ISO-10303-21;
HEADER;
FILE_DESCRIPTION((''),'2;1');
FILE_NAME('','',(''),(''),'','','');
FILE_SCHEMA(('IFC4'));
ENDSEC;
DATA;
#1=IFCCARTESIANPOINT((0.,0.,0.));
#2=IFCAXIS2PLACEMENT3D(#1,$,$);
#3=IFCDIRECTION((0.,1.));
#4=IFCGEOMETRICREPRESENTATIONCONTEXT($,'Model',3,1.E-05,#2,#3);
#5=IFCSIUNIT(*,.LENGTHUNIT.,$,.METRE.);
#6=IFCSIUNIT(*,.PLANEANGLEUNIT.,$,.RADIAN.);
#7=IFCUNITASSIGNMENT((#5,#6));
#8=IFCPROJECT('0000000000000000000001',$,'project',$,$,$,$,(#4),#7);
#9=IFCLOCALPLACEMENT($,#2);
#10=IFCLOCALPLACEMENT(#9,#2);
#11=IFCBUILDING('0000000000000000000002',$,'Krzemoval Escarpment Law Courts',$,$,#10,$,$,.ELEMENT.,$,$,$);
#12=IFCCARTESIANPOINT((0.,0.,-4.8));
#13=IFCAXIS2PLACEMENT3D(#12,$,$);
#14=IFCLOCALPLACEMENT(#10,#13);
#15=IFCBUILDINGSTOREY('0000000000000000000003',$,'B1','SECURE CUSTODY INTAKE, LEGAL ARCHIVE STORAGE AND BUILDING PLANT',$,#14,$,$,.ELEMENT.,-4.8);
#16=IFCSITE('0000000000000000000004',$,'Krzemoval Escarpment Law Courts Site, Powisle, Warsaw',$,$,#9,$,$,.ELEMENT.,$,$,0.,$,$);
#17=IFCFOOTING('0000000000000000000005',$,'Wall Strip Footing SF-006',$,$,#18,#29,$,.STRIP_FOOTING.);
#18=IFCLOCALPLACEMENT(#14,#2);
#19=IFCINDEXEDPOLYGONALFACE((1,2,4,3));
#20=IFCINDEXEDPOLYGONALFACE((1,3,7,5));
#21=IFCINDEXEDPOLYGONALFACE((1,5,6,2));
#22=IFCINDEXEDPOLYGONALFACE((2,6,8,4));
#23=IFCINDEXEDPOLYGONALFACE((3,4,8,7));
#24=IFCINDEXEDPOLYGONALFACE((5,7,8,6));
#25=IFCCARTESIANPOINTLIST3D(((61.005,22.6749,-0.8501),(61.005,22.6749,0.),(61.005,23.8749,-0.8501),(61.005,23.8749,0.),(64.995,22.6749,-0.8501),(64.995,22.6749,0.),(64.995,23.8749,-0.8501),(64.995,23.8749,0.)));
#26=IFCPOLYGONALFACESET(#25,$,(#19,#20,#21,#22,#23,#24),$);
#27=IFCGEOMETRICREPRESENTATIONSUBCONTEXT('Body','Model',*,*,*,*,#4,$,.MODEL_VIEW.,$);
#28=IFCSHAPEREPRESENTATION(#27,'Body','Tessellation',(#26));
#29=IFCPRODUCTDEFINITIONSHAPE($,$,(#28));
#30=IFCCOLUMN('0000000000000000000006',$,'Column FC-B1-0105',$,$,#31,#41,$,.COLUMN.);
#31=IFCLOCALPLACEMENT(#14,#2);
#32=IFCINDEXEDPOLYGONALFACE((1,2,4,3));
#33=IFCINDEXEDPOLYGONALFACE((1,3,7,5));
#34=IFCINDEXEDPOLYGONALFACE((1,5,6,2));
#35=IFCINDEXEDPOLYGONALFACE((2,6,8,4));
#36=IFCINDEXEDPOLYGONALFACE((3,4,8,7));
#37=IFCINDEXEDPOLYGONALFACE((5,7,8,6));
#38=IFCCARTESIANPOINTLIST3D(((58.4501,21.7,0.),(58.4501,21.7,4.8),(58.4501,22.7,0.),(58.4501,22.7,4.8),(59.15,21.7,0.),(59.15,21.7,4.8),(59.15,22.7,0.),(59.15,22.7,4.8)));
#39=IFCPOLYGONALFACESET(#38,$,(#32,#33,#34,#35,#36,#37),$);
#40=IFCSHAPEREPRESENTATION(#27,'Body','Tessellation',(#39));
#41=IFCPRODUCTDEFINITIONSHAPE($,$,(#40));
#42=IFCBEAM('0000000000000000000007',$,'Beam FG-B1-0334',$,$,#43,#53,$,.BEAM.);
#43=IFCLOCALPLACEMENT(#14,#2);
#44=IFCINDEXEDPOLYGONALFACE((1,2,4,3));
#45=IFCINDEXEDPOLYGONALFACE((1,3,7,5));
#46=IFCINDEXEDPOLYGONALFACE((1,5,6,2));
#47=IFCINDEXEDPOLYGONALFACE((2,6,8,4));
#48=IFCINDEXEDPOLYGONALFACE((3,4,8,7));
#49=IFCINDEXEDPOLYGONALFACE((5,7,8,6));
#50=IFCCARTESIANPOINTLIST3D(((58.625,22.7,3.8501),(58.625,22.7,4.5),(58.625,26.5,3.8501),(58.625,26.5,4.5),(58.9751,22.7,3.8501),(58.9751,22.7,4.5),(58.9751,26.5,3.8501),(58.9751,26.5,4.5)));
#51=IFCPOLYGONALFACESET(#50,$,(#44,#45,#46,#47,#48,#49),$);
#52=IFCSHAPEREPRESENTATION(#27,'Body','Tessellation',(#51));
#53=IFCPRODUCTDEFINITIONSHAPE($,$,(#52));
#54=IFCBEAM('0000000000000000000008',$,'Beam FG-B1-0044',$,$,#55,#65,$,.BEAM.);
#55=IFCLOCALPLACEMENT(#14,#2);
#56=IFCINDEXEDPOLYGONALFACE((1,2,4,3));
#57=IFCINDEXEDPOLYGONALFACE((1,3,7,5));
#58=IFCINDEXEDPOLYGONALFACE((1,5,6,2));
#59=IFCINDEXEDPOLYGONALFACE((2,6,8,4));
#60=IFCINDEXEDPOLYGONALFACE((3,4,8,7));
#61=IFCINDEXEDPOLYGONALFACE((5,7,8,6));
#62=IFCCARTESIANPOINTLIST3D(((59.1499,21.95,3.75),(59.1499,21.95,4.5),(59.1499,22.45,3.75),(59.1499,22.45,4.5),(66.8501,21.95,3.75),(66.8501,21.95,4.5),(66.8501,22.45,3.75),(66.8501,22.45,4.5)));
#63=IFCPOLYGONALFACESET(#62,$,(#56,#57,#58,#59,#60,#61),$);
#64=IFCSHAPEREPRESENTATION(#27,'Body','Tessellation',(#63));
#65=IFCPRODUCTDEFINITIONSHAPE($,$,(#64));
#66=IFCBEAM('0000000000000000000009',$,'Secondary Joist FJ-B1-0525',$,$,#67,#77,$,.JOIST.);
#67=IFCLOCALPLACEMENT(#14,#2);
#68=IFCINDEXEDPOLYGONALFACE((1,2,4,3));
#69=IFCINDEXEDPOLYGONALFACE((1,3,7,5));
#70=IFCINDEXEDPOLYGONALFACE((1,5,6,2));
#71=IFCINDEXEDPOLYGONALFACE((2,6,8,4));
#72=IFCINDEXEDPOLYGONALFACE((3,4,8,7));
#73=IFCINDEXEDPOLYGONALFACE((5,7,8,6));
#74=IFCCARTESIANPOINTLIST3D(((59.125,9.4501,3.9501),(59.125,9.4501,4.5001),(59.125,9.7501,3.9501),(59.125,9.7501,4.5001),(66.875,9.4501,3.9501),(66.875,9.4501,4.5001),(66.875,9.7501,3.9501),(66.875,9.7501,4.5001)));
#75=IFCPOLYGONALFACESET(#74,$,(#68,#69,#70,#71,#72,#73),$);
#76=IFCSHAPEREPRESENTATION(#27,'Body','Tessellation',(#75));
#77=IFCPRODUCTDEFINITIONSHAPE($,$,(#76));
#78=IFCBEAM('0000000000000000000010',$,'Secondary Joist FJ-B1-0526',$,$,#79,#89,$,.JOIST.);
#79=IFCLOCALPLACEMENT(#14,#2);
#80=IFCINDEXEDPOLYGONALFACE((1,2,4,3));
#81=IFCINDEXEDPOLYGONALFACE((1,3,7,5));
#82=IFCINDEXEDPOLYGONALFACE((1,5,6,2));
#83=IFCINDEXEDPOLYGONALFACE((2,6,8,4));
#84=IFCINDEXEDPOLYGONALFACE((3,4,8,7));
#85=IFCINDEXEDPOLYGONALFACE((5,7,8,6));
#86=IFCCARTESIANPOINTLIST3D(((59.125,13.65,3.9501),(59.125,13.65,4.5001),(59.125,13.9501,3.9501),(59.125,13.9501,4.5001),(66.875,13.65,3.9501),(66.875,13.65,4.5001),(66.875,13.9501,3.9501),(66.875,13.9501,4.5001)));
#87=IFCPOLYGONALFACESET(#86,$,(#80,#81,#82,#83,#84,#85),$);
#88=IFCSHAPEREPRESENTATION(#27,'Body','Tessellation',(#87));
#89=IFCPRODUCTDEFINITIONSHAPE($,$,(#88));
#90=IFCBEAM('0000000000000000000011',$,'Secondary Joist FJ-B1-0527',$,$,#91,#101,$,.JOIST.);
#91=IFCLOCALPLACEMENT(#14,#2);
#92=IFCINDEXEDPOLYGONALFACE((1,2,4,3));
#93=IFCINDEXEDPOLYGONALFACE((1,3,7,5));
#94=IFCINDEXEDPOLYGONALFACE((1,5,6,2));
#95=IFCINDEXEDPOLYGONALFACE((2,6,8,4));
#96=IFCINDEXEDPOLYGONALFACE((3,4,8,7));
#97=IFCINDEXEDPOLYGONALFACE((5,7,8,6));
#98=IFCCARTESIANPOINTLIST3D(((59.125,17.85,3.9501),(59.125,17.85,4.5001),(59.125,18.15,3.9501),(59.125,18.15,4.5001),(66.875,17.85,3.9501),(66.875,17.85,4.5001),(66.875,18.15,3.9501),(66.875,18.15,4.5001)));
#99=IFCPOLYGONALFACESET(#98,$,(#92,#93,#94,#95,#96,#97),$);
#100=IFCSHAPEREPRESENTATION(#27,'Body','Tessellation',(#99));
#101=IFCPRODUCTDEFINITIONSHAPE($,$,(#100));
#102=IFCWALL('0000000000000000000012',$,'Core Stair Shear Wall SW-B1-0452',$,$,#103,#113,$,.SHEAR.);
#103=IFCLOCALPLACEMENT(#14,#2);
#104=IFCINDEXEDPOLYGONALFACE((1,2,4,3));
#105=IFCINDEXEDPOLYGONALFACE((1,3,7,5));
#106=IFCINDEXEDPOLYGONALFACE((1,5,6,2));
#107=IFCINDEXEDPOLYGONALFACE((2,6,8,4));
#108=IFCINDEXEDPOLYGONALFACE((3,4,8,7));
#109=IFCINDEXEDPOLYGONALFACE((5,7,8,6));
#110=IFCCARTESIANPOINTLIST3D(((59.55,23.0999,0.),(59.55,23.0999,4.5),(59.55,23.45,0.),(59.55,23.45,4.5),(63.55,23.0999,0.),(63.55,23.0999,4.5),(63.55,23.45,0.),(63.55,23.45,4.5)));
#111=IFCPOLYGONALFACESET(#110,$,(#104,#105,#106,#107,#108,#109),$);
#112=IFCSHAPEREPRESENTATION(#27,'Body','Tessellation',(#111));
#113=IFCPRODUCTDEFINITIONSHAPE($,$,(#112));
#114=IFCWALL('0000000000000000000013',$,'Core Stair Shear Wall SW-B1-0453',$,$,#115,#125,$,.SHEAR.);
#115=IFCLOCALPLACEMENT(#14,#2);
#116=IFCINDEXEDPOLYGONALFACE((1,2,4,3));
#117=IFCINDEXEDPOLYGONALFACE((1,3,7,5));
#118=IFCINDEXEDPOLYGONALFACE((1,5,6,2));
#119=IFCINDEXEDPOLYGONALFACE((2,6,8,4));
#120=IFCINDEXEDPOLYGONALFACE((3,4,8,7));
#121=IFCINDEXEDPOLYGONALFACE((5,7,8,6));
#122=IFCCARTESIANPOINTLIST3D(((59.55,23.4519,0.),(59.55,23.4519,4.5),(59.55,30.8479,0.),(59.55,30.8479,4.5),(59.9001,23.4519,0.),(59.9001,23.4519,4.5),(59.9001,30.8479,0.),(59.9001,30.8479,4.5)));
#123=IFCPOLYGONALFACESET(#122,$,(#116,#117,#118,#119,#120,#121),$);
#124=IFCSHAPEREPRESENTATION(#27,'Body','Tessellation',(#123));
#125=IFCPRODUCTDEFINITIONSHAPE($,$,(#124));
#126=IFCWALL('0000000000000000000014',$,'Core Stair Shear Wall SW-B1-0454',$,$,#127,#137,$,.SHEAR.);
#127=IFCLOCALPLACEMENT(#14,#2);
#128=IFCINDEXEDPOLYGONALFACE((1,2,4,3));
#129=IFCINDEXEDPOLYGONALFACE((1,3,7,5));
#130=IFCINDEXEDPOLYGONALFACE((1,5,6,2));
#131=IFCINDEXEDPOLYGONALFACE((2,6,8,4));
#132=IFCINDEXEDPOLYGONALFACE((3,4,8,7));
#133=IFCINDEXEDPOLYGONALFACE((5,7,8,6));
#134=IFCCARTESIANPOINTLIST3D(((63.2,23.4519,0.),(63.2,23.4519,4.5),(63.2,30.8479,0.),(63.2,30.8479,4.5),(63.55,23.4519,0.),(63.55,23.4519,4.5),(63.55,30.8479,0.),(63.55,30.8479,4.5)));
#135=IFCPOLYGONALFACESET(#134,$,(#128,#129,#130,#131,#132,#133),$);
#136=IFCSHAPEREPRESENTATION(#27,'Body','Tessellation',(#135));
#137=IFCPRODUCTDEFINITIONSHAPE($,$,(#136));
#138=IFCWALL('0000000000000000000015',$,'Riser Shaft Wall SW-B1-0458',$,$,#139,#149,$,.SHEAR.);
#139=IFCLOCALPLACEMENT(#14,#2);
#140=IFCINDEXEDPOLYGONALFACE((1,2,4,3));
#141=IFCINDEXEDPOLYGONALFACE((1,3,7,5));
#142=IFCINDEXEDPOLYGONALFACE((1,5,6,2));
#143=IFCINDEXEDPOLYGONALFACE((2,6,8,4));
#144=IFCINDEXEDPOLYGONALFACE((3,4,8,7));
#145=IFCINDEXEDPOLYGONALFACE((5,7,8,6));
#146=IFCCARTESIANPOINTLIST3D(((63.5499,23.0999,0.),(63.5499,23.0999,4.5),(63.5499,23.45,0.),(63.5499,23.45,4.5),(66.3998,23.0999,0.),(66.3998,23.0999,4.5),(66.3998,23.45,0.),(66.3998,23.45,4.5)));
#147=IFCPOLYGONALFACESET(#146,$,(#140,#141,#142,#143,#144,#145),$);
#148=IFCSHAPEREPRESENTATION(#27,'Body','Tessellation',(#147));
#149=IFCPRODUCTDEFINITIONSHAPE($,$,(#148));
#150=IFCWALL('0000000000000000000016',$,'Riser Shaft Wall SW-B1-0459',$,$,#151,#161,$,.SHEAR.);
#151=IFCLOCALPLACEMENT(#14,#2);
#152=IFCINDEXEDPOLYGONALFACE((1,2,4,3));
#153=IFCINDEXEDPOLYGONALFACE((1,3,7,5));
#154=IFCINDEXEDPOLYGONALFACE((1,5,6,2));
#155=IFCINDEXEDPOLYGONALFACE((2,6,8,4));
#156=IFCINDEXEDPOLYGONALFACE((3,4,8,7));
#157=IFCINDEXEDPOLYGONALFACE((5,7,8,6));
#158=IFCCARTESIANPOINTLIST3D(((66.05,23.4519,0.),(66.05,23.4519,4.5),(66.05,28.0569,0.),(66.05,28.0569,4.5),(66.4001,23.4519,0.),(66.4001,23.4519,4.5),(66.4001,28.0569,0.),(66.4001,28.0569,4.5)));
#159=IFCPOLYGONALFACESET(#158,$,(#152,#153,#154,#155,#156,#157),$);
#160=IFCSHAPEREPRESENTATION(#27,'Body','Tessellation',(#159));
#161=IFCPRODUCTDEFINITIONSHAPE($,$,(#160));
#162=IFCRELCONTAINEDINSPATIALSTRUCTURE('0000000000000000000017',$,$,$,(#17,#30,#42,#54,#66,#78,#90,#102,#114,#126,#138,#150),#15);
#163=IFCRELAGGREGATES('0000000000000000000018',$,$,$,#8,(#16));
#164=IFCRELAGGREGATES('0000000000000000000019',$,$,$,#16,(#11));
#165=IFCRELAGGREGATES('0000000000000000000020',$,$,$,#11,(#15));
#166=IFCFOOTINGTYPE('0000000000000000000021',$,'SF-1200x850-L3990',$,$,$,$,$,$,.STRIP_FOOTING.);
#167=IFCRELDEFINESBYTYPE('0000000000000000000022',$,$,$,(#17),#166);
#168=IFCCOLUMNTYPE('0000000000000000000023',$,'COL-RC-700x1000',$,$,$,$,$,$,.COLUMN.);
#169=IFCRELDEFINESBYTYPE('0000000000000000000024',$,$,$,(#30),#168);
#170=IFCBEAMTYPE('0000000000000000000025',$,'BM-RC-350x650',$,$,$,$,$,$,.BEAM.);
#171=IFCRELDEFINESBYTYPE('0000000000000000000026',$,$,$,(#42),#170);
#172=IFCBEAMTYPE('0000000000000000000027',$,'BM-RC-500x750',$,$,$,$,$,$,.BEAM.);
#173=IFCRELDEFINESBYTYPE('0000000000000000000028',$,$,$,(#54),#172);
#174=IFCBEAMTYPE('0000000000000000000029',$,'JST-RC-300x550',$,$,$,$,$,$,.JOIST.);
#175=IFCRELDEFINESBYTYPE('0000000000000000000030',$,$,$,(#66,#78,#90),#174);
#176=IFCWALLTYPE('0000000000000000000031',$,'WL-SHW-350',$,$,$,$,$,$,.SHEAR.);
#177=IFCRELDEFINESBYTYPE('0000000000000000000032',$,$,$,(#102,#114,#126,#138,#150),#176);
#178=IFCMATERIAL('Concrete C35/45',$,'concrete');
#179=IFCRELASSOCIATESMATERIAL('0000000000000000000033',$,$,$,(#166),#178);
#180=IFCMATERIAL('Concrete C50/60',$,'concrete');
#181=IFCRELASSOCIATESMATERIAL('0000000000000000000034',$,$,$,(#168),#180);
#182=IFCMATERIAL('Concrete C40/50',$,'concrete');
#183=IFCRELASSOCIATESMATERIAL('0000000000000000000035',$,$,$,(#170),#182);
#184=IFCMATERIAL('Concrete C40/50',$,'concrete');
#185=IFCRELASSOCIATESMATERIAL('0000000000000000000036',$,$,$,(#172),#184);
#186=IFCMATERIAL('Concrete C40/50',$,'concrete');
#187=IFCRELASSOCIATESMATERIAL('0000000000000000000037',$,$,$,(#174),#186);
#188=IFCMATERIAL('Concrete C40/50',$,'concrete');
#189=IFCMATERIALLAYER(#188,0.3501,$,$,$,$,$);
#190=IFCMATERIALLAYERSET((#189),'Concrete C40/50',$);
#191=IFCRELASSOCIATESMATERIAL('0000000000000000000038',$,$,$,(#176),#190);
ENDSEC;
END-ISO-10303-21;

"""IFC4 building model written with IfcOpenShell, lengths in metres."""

from ifc_helpers import new_model, si_unit, direction, frame, frame_2d, origin, origin_2d, place, context, subcontext, project, spatial, rectangle, extrude, material, layer, layer_set, material_profile, profile_set, type_object, element, save


model = new_model("IFC4")

# Units and contexts
model_context = context("Model", 3, precision=1e-05, world=origin(), true_north=direction((0.0, 1.0)))
body_context = subcontext(model_context, "Body", "Model", "MODEL_VIEW")
ifc_project = project(units=[si_unit("LENGTHUNIT", "METRE"), si_unit("PLANEANGLEUNIT", "RADIAN")], contexts=[model_context])

# Site, building, storey
site_placement = place(None, origin())
site = spatial("IfcSite", under=ifc_project, at=site_placement, Name="Krzemoval Escarpment Law Courts Site, Powisle, Warsaw", CompositionType="ELEMENT", RefElevation=0.0)
building_placement = place(site_placement, origin())
building = spatial("IfcBuilding", under=site, at=building_placement, Name="Krzemoval Escarpment Law Courts", CompositionType="ELEMENT")
storey_placement = place(building_placement, frame((0.0, 0.0, -4.8)))
storey = spatial("IfcBuildingStorey", under=building, at=storey_placement, Name="B1", Description="SECURE CUSTODY INTAKE, LEGAL ARCHIVE STORAGE AND BUILDING PLANT", CompositionType="ELEMENT", Elevation=-4.8)

# Footing
ifc_material_1 = material(Name="Concrete C35/45", Category="concrete")
footing_type_1 = type_object("IfcFootingType", Name="SF-1200x850-L3990", PredefinedType="STRIP_FOOTING", material=ifc_material_1)
footing_1_placement = place(storey_placement, frame((63.0, 23.2749, -0.8501), z_axis=(0.0, 0.0, 1.0), x_axis=(1.0, 0.0, 0.0)))
element("IfcFooting", 1, at=footing_1_placement, inside=storey, type_object=footing_type_1, Name="Wall Strip Footing SF-006", PredefinedType="STRIP_FOOTING", context=body_context, shape_type="SweptSolid", body=[
    extrude(rectangle(XDim=3.99, YDim=1.2, at=origin_2d()), origin(), (0.0, 0.0, 1.0), 0.8501),
])

# Column
ifc_material_2 = material(Name="Concrete C50/60", Category="concrete")
ifc_material_profile_1 = material_profile(ifc_material_2, rectangle(XDim=0.7, YDim=1.0, at=origin_2d()), Name="RC 700x1000")
ifc_profile_set_1 = profile_set([ifc_material_profile_1], Name="Concrete C50/60")
column_type = type_object("IfcColumnType", Name="COL-RC-700x1000", PredefinedType="COLUMN", material=ifc_profile_set_1)
column_placement = place(storey_placement, frame((58.8, 22.2, 0.0), z_axis=(0.0, 0.0, 1.0), x_axis=(1.0, 0.0, 0.0)))
element("IfcColumn", 2, at=column_placement, inside=storey, type_object=column_type, Name="Column FC-B1-0105", PredefinedType="COLUMN", context=body_context, shape_type="SweptSolid", body=[
    extrude(rectangle(XDim=0.7, YDim=1.0, at=origin_2d()), origin(), (0.0, 0.0, 1.0), 4.8),
])

# Beams
ifc_material_3 = material(Name="Concrete C40/50", Category="concrete")
ifc_material_profile_2 = material_profile(ifc_material_3, rectangle(XDim=0.3501, YDim=0.6499, at=origin_2d()), Name="RCB 350x650")
ifc_profile_set_2 = profile_set([ifc_material_profile_2], Name="Concrete C40/50")
beam_type_1 = type_object("IfcBeamType", Name="BM-RC-350x650", PredefinedType="BEAM", material=ifc_profile_set_2)
beam_1_placement = place(storey_placement, frame((58.8, 22.7, 4.175), z_axis=(0.0, 1.0, 0.0), x_axis=(-1.0, 0.0, 0.0)))
element("IfcBeam", 3, at=beam_1_placement, inside=storey, type_object=beam_type_1, Name="Beam FG-B1-0334", PredefinedType="BEAM", context=body_context, shape_type="SweptSolid", body=[
    extrude(rectangle(XDim=0.3501, YDim=0.6499, at=origin_2d()), origin(), (0.0, 0.0, 1.0), 3.8),
])
ifc_material_4 = material(Name="Concrete C40/50", Category="concrete")
ifc_material_profile_3 = material_profile(ifc_material_4, rectangle(XDim=0.5, YDim=0.75, at=origin_2d()), Name="RCB 500x750")
ifc_profile_set_3 = profile_set([ifc_material_profile_3], Name="Concrete C40/50")
beam_type_2 = type_object("IfcBeamType", Name="BM-RC-500x750", PredefinedType="BEAM", material=ifc_profile_set_3)
beam_2_placement = place(storey_placement, frame((59.1499, 22.2, 4.125), z_axis=(1.0, 0.0, 0.0), x_axis=(0.0, 1.0, 0.0)))
element("IfcBeam", 4, at=beam_2_placement, inside=storey, type_object=beam_type_2, Name="Beam FG-B1-0044", PredefinedType="BEAM", context=body_context, shape_type="SweptSolid", body=[
    extrude(rectangle(XDim=0.5, YDim=0.75, at=origin_2d()), origin(), (0.0, 0.0, 1.0), 7.7002),
])
ifc_material_5 = material(Name="Concrete C40/50", Category="concrete")
ifc_material_profile_4 = material_profile(ifc_material_5, rectangle(XDim=0.3, YDim=0.55, at=origin_2d()), Name="RCB 300x550")
ifc_profile_set_4 = profile_set([ifc_material_profile_4], Name="Concrete C40/50")
beam_type_3 = type_object("IfcBeamType", Name="JST-RC-300x550", PredefinedType="JOIST", material=ifc_profile_set_4)
for number, where, z_axis, x_axis, name in (
    (5, (59.125, 9.6001, 4.2251), (1.0, 0.0, 0.0), (0.0, 1.0, 0.0), "Secondary Joist FJ-B1-0525"),
    (6, (59.125, 13.8, 4.2251), (1.0, 0.0, 0.0), (0.0, 1.0, 0.0), "Secondary Joist FJ-B1-0526"),
    (7, (59.125, 18.0, 4.2251), (1.0, 0.0, 0.0), (0.0, 1.0, 0.0), "Secondary Joist FJ-B1-0527"),
):
    element("IfcBeam", number, at=place(storey_placement, frame(where, z_axis=z_axis, x_axis=x_axis)), inside=storey, type_object=beam_type_3, Name=name, PredefinedType="JOIST", context=body_context, shape_type="SweptSolid", body=[
        extrude(rectangle(XDim=0.3, YDim=0.55, at=origin_2d()), origin(), (0.0, 0.0, 1.0), 7.75),
    ])

# Walls
ifc_material_6 = material(Name="Concrete C40/50", Category="concrete")
ifc_layer = layer(ifc_material_6, 0.3501)
ifc_layer_set = layer_set([ifc_layer], Name="Concrete C40/50")
wall_type = type_object("IfcWallType", Name="WL-SHW-350", PredefinedType="SHEAR", material=ifc_layer_set)
wall_1_placement = place(storey_placement, frame((59.55, 23.2749, 0.0), z_axis=(0.0, 0.0, 1.0), x_axis=(1.0, 0.0, 0.0)))
element("IfcWall", 8, at=wall_1_placement, inside=storey, type_object=wall_type, Name="Core Stair Shear Wall SW-B1-0452", PredefinedType="SHEAR", context=body_context, shape_type="SweptSolid", body=[
    extrude(rectangle(XDim=4.0, YDim=0.3501, at=frame_2d((2.0, 0.0))), origin(), (0.0, 0.0, 1.0), 4.5),
])
for number, where, z_axis, x_axis, name in (
    (9, (59.7251, 23.4519, 0.0), (0.0, 0.0, 1.0), (0.0, 1.0, 0.0), "Core Stair Shear Wall SW-B1-0453"),
    (10, (63.375, 23.4519, 0.0), (0.0, 0.0, 1.0), (0.0, 1.0, 0.0), "Core Stair Shear Wall SW-B1-0454"),
):
    element("IfcWall", number, at=place(storey_placement, frame(where, z_axis=z_axis, x_axis=x_axis)), inside=storey, type_object=wall_type, Name=name, PredefinedType="SHEAR", context=body_context, shape_type="SweptSolid", body=[
        extrude(rectangle(XDim=7.396, YDim=0.3501, at=frame_2d((3.698, 0.0))), origin(), (0.0, 0.0, 1.0), 4.5),
    ])
wall_2_placement = place(storey_placement, frame((63.55, 23.2749, 0.0), z_axis=(0.0, 0.0, 1.0), x_axis=(1.0, 0.0, 0.0)))
element("IfcWall", 11, at=wall_2_placement, inside=storey, type_object=wall_type, Name="Riser Shaft Wall SW-B1-0458", PredefinedType="SHEAR", context=body_context, shape_type="SweptSolid", body=[
    extrude(rectangle(XDim=2.8499, YDim=0.3501, at=frame_2d((1.4248, 0.0))), origin(), (0.0, 0.0, 1.0), 4.5),
])
wall_3_placement = place(storey_placement, frame((66.2251, 23.4519, 0.0), z_axis=(0.0, 0.0, 1.0), x_axis=(0.0, 1.0, 0.0)))
element("IfcWall", 12, at=wall_3_placement, inside=storey, type_object=wall_type, Name="Riser Shaft Wall SW-B1-0459", PredefinedType="SHEAR", context=body_context, shape_type="SweptSolid", body=[
    extrude(rectangle(XDim=4.605, YDim=0.3501, at=frame_2d((2.3025, 0.0))), origin(), (0.0, 0.0, 1.0), 4.5),
])

save(model, "model.ifc")
